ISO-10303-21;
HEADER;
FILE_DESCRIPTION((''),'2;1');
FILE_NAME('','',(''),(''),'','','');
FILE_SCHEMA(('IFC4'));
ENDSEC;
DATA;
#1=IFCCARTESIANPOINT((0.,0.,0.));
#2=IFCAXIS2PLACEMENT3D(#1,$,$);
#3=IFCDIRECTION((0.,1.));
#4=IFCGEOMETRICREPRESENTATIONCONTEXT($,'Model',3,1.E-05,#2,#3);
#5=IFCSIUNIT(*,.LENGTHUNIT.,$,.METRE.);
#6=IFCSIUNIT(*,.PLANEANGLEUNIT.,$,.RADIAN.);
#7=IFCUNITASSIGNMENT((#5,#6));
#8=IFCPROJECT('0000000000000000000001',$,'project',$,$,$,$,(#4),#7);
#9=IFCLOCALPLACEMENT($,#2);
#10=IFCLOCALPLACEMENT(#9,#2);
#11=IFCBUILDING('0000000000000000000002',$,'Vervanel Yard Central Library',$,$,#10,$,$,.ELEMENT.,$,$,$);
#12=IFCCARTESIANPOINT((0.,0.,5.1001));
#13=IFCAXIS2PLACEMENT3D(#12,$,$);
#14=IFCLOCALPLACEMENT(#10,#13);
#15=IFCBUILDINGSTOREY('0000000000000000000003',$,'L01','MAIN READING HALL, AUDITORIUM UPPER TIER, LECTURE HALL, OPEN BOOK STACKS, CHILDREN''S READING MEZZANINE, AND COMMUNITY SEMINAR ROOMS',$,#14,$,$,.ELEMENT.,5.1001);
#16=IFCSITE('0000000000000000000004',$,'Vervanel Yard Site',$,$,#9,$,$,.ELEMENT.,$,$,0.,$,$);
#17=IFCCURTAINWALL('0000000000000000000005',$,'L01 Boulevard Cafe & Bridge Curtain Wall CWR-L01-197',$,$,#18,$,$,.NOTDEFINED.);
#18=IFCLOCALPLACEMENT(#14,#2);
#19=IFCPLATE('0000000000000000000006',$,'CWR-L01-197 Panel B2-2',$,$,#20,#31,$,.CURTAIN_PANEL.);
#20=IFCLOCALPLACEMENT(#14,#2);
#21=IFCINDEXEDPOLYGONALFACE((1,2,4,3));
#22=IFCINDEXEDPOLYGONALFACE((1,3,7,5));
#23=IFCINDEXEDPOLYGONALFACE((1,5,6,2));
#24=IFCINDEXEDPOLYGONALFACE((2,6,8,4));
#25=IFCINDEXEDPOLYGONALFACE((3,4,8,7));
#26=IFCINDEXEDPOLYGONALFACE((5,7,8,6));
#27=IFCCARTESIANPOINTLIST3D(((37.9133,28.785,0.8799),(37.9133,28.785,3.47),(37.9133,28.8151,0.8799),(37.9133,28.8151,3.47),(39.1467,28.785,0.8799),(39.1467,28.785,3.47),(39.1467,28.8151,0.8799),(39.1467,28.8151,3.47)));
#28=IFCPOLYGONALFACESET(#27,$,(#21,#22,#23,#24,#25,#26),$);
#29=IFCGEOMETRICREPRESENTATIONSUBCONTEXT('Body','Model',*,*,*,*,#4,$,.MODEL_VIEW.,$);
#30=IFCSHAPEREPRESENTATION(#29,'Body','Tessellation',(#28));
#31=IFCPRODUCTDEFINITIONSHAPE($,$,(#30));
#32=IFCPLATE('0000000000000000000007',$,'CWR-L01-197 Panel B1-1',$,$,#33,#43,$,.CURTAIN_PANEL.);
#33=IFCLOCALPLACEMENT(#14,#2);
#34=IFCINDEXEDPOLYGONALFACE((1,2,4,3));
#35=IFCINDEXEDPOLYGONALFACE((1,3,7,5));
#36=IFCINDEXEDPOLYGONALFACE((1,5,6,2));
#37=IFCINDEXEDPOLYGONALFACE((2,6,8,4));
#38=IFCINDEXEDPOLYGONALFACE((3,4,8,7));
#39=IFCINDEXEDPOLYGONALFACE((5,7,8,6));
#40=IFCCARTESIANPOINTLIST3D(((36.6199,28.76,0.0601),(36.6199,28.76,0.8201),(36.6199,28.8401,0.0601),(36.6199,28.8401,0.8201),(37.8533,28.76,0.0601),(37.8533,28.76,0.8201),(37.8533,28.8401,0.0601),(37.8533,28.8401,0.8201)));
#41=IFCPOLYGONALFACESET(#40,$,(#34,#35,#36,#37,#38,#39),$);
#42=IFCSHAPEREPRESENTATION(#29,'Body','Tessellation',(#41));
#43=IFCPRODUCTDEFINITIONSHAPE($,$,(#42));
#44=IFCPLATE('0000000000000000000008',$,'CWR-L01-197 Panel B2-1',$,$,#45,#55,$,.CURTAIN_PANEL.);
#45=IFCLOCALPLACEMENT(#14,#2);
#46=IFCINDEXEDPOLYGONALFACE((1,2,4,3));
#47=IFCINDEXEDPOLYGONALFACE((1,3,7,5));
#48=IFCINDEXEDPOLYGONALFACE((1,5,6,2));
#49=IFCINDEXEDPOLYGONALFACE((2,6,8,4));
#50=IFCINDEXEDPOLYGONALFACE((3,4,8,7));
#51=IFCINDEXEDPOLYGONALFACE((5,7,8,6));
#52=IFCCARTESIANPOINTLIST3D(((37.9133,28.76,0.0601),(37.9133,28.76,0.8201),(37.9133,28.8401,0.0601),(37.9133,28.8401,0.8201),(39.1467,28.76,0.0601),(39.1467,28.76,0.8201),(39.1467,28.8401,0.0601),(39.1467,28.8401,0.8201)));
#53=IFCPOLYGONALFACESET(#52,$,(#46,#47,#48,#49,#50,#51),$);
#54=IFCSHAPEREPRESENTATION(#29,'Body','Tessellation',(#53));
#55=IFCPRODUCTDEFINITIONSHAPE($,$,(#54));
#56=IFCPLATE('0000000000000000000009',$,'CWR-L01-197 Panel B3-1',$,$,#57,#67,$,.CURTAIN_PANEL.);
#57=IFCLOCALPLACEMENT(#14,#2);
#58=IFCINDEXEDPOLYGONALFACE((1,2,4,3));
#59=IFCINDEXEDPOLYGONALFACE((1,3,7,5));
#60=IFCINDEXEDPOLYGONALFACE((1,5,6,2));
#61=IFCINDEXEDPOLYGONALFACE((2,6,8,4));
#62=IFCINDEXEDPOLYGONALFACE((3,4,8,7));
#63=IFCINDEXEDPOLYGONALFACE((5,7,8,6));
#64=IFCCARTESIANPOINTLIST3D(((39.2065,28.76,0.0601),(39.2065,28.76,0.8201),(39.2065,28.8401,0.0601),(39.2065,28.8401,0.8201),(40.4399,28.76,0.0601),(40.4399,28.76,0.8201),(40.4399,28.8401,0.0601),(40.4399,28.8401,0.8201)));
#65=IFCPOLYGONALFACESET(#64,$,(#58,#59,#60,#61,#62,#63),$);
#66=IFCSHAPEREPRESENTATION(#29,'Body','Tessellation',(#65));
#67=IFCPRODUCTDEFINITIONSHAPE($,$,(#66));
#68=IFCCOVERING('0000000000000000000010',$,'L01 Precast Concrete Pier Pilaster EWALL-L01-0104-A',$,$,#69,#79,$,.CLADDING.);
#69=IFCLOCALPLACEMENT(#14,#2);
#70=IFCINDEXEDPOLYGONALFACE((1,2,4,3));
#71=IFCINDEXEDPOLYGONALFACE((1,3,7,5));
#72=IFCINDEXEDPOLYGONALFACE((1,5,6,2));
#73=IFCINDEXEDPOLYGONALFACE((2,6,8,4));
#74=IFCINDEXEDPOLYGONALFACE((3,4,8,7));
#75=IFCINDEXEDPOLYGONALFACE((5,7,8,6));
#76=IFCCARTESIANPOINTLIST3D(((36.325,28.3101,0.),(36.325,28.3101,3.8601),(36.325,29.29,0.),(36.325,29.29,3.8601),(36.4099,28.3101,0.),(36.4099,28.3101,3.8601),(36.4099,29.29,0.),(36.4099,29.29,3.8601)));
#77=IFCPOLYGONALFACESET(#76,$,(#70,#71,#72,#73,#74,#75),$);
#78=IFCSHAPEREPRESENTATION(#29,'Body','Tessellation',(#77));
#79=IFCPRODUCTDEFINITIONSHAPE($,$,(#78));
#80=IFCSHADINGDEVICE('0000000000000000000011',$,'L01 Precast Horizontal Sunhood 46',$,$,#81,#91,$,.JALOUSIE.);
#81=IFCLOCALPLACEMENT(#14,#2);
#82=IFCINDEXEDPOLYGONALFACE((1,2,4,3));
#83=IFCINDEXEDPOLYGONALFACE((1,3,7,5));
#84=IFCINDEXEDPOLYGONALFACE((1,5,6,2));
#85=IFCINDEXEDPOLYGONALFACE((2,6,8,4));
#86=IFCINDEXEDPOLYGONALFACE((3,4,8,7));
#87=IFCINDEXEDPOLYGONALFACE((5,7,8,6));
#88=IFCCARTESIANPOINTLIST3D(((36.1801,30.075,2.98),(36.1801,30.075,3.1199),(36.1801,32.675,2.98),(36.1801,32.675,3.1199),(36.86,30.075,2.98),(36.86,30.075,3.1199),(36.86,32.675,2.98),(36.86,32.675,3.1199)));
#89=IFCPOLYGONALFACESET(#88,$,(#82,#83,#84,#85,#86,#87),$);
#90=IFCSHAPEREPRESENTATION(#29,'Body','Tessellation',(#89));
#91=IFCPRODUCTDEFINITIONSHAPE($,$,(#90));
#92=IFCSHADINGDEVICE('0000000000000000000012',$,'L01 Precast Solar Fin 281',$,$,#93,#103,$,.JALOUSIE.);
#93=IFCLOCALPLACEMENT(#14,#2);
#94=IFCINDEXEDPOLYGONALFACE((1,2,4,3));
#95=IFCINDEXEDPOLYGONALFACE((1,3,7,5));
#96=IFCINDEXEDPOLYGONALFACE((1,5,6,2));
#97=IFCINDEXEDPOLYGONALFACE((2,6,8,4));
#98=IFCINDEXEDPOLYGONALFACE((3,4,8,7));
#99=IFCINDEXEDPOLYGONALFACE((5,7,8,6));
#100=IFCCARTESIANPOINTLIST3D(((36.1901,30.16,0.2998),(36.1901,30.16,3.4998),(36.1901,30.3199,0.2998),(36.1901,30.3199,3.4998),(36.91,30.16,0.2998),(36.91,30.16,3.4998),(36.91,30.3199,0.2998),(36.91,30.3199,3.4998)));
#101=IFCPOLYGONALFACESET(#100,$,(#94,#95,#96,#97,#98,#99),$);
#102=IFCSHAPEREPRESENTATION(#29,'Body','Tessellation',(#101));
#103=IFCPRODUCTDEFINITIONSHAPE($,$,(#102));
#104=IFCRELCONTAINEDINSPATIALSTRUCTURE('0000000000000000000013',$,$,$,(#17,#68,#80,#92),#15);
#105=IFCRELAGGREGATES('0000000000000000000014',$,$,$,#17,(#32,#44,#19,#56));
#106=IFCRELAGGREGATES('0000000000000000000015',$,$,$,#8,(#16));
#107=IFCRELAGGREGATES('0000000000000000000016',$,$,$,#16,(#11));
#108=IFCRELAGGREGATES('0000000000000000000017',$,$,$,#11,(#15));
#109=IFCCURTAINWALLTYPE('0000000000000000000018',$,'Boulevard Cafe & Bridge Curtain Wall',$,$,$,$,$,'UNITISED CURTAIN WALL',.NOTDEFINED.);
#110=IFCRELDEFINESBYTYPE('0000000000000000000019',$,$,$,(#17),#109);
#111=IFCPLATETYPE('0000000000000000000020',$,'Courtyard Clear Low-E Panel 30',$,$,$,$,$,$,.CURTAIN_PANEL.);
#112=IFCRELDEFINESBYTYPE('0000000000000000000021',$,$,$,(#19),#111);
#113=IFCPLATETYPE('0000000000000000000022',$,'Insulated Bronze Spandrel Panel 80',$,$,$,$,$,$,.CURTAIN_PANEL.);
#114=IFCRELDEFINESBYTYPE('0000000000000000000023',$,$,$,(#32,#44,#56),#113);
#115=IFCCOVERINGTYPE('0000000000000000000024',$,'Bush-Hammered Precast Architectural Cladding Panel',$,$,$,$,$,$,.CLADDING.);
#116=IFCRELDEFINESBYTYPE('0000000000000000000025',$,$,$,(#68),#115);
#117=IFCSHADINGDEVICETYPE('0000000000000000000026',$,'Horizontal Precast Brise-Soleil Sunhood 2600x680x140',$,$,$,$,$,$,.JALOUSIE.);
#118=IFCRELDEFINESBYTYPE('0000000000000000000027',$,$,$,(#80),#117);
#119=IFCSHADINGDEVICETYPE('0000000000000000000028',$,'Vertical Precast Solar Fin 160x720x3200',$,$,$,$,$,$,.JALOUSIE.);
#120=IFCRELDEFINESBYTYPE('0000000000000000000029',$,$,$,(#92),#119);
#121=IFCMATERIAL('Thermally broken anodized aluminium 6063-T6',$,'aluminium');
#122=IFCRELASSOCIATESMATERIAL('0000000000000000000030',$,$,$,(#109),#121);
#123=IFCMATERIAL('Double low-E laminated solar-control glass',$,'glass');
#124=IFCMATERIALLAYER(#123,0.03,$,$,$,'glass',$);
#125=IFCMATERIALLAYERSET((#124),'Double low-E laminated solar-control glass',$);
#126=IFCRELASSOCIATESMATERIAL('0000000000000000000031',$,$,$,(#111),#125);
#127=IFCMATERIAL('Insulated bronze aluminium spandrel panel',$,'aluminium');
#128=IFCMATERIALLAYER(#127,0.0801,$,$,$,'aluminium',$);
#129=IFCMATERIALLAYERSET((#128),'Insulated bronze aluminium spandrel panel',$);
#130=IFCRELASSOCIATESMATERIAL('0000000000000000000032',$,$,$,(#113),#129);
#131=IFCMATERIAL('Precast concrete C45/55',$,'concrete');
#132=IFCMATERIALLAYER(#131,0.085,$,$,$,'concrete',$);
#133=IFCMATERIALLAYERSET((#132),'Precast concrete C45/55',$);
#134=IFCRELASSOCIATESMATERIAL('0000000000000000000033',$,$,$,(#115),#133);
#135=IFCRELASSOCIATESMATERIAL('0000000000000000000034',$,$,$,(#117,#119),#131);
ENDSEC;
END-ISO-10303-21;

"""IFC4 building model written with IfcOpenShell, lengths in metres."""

from ifc_helpers import new_model, si_unit, direction, frame, origin, origin_2d, place, context, subcontext, project, spatial, rectangle, extrude, material, layer, layer_set, type_object, element, aggregate, save


model = new_model("IFC4")

# Units and contexts
model_context = context("Model", 3, precision=1e-05, world=origin(), true_north=direction((0.0, 1.0)))
body_context = subcontext(model_context, "Body", "Model", "MODEL_VIEW")
ifc_project = project(units=[si_unit("LENGTHUNIT", "METRE"), si_unit("PLANEANGLEUNIT", "RADIAN")], contexts=[model_context])

# Site, building, storey
site_placement = place(None, origin())
site = spatial("IfcSite", under=ifc_project, at=site_placement, Name="Vervanel Yard Site", CompositionType="ELEMENT", RefElevation=0.0)
building_placement = place(site_placement, origin())
building = spatial("IfcBuilding", under=site, at=building_placement, Name="Vervanel Yard Central Library", CompositionType="ELEMENT")
storey_placement = place(building_placement, frame((0.0, 0.0, 5.1001)))
storey = spatial("IfcBuildingStorey", under=building, at=storey_placement, Name="L01", Description="MAIN READING HALL, AUDITORIUM UPPER TIER, LECTURE HALL, OPEN BOOK STACKS, CHILDREN'S READING MEZZANINE, AND COMMUNITY SEMINAR ROOMS", CompositionType="ELEMENT", Elevation=5.1001)

# Curtain wall
ifc_material_1 = material(Name="Thermally broken anodized aluminium 6063-T6", Category="aluminium")
curtain_wall_type = type_object("IfcCurtainWallType", Name="Boulevard Cafe & Bridge Curtain Wall", ElementType="UNITISED CURTAIN WALL", PredefinedType="NOTDEFINED", material=ifc_material_1)
curtain_wall_placement = place(storey_placement, origin())
curtain_wall = element("IfcCurtainWall", 1, at=curtain_wall_placement, inside=storey, type_object=curtain_wall_type, Name="L01 Boulevard Cafe & Bridge Curtain Wall CWR-L01-197", PredefinedType="NOTDEFINED")

# Plates
ifc_material_2 = material(Name="Double low-E laminated solar-control glass", Category="glass")
ifc_layer_1 = layer(ifc_material_2, 0.03, Category="glass")
ifc_layer_set_1 = layer_set([ifc_layer_1], Name="Double low-E laminated solar-control glass")
plate_type_1 = type_object("IfcPlateType", Name="Courtyard Clear Low-E Panel 30", PredefinedType="CURTAIN_PANEL", material=ifc_layer_set_1)
plate_1_placement = place(storey_placement, frame((38.53, 28.8, 0.8799), z_axis=(0.0, 0.0, 1.0), x_axis=(1.0, 0.0, 0.0)))
plate_1 = element("IfcPlate", 2, at=plate_1_placement, type_object=plate_type_1, Name="CWR-L01-197 Panel B2-2", PredefinedType="CURTAIN_PANEL", context=body_context, shape_type="SweptSolid", body=[
    extrude(rectangle(XDim=1.2334, YDim=0.03, at=origin_2d()), origin(), (0.0, 0.0, 1.0), 2.5901),
])
ifc_material_3 = material(Name="Insulated bronze aluminium spandrel panel", Category="aluminium")
ifc_layer_2 = layer(ifc_material_3, 0.0801, Category="aluminium")
ifc_layer_set_2 = layer_set([ifc_layer_2], Name="Insulated bronze aluminium spandrel panel")
plate_type_2 = type_object("IfcPlateType", Name="Insulated Bronze Spandrel Panel 80", PredefinedType="CURTAIN_PANEL", material=ifc_layer_set_2)
plate_2_placement = place(storey_placement, frame((37.2366, 28.8, 0.0601), z_axis=(0.0, 0.0, 1.0), x_axis=(1.0, 0.0, 0.0)))
plate_2 = element("IfcPlate", 3, at=plate_2_placement, type_object=plate_type_2, Name="CWR-L01-197 Panel B1-1", PredefinedType="CURTAIN_PANEL", context=body_context, shape_type="SweptSolid", body=[
    extrude(rectangle(XDim=1.2334, YDim=0.0801, at=origin_2d()), origin(), (0.0, 0.0, 1.0), 0.76),
])
plate_3_placement = place(storey_placement, frame((38.53, 28.8, 0.0601), z_axis=(0.0, 0.0, 1.0), x_axis=(1.0, 0.0, 0.0)))
plate_3 = element("IfcPlate", 4, at=plate_3_placement, type_object=plate_type_2, Name="CWR-L01-197 Panel B2-1", PredefinedType="CURTAIN_PANEL", context=body_context, shape_type="SweptSolid", body=[
    extrude(rectangle(XDim=1.2334, YDim=0.0801, at=origin_2d()), origin(), (0.0, 0.0, 1.0), 0.76),
])
plate_4_placement = place(storey_placement, frame((39.8232, 28.8, 0.0601), z_axis=(0.0, 0.0, 1.0), x_axis=(1.0, 0.0, 0.0)))
plate_4 = element("IfcPlate", 5, at=plate_4_placement, type_object=plate_type_2, Name="CWR-L01-197 Panel B3-1", PredefinedType="CURTAIN_PANEL", context=body_context, shape_type="SweptSolid", body=[
    extrude(rectangle(XDim=1.2334, YDim=0.0801, at=origin_2d()), origin(), (0.0, 0.0, 1.0), 0.76),
])
aggregate(curtain_wall, [plate_2, plate_3, plate_1, plate_4])

# Covering
ifc_material_4 = material(Name="Precast concrete C45/55", Category="concrete")
ifc_layer_3 = layer(ifc_material_4, 0.085, Category="concrete")
ifc_layer_set_3 = layer_set([ifc_layer_3], Name="Precast concrete C45/55")
covering_type = type_object("IfcCoveringType", Name="Bush-Hammered Precast Architectural Cladding Panel", PredefinedType="CLADDING", material=ifc_layer_set_3)
covering_placement = place(storey_placement, frame((36.3674, 28.8, 0.0), z_axis=(0.0, 0.0, 1.0), x_axis=(0.0, 1.0, 0.0)))
element("IfcCovering", 6, at=covering_placement, inside=storey, type_object=covering_type, Name="L01 Precast Concrete Pier Pilaster EWALL-L01-0104-A", PredefinedType="CLADDING", context=body_context, shape_type="SweptSolid", body=[
    extrude(rectangle(XDim=0.98, YDim=0.085, at=origin_2d()), origin(), (0.0, 0.0, 1.0), 3.8601),
])

# Shading devices
shading_device_type_1 = type_object("IfcShadingDeviceType", Name="Horizontal Precast Brise-Soleil Sunhood 2600x680x140", PredefinedType="JALOUSIE", material=ifc_material_4)
shading_device_1_placement = place(storey_placement, frame((36.52, 31.375, 2.98), z_axis=(0.0, 0.0, 1.0), x_axis=(0.0, 1.0, 0.0)))
element("IfcShadingDevice", 7, at=shading_device_1_placement, inside=storey, type_object=shading_device_type_1, Name="L01 Precast Horizontal Sunhood 46", PredefinedType="JALOUSIE", context=body_context, shape_type="SweptSolid", body=[
    extrude(rectangle(XDim=2.6001, YDim=0.6799, at=origin_2d()), origin(), (0.0, 0.0, 1.0), 0.1399),
])
shading_device_type_2 = type_object("IfcShadingDeviceType", Name="Vertical Precast Solar Fin 160x720x3200", PredefinedType="JALOUSIE", material=ifc_material_4)
shading_device_2_placement = place(storey_placement, frame((36.55, 30.24, 0.2998), z_axis=(0.0, 0.0, 1.0), x_axis=(0.0, 1.0, 0.0)))
element("IfcShadingDevice", 8, at=shading_device_2_placement, inside=storey, type_object=shading_device_type_2, Name="L01 Precast Solar Fin 281", PredefinedType="JALOUSIE", context=body_context, shape_type="SweptSolid", body=[
    extrude(rectangle(XDim=0.1599, YDim=0.72, at=origin_2d()), origin(), (0.0, 0.0, 1.0), 3.2),
])

save(model, "model.ifc")
